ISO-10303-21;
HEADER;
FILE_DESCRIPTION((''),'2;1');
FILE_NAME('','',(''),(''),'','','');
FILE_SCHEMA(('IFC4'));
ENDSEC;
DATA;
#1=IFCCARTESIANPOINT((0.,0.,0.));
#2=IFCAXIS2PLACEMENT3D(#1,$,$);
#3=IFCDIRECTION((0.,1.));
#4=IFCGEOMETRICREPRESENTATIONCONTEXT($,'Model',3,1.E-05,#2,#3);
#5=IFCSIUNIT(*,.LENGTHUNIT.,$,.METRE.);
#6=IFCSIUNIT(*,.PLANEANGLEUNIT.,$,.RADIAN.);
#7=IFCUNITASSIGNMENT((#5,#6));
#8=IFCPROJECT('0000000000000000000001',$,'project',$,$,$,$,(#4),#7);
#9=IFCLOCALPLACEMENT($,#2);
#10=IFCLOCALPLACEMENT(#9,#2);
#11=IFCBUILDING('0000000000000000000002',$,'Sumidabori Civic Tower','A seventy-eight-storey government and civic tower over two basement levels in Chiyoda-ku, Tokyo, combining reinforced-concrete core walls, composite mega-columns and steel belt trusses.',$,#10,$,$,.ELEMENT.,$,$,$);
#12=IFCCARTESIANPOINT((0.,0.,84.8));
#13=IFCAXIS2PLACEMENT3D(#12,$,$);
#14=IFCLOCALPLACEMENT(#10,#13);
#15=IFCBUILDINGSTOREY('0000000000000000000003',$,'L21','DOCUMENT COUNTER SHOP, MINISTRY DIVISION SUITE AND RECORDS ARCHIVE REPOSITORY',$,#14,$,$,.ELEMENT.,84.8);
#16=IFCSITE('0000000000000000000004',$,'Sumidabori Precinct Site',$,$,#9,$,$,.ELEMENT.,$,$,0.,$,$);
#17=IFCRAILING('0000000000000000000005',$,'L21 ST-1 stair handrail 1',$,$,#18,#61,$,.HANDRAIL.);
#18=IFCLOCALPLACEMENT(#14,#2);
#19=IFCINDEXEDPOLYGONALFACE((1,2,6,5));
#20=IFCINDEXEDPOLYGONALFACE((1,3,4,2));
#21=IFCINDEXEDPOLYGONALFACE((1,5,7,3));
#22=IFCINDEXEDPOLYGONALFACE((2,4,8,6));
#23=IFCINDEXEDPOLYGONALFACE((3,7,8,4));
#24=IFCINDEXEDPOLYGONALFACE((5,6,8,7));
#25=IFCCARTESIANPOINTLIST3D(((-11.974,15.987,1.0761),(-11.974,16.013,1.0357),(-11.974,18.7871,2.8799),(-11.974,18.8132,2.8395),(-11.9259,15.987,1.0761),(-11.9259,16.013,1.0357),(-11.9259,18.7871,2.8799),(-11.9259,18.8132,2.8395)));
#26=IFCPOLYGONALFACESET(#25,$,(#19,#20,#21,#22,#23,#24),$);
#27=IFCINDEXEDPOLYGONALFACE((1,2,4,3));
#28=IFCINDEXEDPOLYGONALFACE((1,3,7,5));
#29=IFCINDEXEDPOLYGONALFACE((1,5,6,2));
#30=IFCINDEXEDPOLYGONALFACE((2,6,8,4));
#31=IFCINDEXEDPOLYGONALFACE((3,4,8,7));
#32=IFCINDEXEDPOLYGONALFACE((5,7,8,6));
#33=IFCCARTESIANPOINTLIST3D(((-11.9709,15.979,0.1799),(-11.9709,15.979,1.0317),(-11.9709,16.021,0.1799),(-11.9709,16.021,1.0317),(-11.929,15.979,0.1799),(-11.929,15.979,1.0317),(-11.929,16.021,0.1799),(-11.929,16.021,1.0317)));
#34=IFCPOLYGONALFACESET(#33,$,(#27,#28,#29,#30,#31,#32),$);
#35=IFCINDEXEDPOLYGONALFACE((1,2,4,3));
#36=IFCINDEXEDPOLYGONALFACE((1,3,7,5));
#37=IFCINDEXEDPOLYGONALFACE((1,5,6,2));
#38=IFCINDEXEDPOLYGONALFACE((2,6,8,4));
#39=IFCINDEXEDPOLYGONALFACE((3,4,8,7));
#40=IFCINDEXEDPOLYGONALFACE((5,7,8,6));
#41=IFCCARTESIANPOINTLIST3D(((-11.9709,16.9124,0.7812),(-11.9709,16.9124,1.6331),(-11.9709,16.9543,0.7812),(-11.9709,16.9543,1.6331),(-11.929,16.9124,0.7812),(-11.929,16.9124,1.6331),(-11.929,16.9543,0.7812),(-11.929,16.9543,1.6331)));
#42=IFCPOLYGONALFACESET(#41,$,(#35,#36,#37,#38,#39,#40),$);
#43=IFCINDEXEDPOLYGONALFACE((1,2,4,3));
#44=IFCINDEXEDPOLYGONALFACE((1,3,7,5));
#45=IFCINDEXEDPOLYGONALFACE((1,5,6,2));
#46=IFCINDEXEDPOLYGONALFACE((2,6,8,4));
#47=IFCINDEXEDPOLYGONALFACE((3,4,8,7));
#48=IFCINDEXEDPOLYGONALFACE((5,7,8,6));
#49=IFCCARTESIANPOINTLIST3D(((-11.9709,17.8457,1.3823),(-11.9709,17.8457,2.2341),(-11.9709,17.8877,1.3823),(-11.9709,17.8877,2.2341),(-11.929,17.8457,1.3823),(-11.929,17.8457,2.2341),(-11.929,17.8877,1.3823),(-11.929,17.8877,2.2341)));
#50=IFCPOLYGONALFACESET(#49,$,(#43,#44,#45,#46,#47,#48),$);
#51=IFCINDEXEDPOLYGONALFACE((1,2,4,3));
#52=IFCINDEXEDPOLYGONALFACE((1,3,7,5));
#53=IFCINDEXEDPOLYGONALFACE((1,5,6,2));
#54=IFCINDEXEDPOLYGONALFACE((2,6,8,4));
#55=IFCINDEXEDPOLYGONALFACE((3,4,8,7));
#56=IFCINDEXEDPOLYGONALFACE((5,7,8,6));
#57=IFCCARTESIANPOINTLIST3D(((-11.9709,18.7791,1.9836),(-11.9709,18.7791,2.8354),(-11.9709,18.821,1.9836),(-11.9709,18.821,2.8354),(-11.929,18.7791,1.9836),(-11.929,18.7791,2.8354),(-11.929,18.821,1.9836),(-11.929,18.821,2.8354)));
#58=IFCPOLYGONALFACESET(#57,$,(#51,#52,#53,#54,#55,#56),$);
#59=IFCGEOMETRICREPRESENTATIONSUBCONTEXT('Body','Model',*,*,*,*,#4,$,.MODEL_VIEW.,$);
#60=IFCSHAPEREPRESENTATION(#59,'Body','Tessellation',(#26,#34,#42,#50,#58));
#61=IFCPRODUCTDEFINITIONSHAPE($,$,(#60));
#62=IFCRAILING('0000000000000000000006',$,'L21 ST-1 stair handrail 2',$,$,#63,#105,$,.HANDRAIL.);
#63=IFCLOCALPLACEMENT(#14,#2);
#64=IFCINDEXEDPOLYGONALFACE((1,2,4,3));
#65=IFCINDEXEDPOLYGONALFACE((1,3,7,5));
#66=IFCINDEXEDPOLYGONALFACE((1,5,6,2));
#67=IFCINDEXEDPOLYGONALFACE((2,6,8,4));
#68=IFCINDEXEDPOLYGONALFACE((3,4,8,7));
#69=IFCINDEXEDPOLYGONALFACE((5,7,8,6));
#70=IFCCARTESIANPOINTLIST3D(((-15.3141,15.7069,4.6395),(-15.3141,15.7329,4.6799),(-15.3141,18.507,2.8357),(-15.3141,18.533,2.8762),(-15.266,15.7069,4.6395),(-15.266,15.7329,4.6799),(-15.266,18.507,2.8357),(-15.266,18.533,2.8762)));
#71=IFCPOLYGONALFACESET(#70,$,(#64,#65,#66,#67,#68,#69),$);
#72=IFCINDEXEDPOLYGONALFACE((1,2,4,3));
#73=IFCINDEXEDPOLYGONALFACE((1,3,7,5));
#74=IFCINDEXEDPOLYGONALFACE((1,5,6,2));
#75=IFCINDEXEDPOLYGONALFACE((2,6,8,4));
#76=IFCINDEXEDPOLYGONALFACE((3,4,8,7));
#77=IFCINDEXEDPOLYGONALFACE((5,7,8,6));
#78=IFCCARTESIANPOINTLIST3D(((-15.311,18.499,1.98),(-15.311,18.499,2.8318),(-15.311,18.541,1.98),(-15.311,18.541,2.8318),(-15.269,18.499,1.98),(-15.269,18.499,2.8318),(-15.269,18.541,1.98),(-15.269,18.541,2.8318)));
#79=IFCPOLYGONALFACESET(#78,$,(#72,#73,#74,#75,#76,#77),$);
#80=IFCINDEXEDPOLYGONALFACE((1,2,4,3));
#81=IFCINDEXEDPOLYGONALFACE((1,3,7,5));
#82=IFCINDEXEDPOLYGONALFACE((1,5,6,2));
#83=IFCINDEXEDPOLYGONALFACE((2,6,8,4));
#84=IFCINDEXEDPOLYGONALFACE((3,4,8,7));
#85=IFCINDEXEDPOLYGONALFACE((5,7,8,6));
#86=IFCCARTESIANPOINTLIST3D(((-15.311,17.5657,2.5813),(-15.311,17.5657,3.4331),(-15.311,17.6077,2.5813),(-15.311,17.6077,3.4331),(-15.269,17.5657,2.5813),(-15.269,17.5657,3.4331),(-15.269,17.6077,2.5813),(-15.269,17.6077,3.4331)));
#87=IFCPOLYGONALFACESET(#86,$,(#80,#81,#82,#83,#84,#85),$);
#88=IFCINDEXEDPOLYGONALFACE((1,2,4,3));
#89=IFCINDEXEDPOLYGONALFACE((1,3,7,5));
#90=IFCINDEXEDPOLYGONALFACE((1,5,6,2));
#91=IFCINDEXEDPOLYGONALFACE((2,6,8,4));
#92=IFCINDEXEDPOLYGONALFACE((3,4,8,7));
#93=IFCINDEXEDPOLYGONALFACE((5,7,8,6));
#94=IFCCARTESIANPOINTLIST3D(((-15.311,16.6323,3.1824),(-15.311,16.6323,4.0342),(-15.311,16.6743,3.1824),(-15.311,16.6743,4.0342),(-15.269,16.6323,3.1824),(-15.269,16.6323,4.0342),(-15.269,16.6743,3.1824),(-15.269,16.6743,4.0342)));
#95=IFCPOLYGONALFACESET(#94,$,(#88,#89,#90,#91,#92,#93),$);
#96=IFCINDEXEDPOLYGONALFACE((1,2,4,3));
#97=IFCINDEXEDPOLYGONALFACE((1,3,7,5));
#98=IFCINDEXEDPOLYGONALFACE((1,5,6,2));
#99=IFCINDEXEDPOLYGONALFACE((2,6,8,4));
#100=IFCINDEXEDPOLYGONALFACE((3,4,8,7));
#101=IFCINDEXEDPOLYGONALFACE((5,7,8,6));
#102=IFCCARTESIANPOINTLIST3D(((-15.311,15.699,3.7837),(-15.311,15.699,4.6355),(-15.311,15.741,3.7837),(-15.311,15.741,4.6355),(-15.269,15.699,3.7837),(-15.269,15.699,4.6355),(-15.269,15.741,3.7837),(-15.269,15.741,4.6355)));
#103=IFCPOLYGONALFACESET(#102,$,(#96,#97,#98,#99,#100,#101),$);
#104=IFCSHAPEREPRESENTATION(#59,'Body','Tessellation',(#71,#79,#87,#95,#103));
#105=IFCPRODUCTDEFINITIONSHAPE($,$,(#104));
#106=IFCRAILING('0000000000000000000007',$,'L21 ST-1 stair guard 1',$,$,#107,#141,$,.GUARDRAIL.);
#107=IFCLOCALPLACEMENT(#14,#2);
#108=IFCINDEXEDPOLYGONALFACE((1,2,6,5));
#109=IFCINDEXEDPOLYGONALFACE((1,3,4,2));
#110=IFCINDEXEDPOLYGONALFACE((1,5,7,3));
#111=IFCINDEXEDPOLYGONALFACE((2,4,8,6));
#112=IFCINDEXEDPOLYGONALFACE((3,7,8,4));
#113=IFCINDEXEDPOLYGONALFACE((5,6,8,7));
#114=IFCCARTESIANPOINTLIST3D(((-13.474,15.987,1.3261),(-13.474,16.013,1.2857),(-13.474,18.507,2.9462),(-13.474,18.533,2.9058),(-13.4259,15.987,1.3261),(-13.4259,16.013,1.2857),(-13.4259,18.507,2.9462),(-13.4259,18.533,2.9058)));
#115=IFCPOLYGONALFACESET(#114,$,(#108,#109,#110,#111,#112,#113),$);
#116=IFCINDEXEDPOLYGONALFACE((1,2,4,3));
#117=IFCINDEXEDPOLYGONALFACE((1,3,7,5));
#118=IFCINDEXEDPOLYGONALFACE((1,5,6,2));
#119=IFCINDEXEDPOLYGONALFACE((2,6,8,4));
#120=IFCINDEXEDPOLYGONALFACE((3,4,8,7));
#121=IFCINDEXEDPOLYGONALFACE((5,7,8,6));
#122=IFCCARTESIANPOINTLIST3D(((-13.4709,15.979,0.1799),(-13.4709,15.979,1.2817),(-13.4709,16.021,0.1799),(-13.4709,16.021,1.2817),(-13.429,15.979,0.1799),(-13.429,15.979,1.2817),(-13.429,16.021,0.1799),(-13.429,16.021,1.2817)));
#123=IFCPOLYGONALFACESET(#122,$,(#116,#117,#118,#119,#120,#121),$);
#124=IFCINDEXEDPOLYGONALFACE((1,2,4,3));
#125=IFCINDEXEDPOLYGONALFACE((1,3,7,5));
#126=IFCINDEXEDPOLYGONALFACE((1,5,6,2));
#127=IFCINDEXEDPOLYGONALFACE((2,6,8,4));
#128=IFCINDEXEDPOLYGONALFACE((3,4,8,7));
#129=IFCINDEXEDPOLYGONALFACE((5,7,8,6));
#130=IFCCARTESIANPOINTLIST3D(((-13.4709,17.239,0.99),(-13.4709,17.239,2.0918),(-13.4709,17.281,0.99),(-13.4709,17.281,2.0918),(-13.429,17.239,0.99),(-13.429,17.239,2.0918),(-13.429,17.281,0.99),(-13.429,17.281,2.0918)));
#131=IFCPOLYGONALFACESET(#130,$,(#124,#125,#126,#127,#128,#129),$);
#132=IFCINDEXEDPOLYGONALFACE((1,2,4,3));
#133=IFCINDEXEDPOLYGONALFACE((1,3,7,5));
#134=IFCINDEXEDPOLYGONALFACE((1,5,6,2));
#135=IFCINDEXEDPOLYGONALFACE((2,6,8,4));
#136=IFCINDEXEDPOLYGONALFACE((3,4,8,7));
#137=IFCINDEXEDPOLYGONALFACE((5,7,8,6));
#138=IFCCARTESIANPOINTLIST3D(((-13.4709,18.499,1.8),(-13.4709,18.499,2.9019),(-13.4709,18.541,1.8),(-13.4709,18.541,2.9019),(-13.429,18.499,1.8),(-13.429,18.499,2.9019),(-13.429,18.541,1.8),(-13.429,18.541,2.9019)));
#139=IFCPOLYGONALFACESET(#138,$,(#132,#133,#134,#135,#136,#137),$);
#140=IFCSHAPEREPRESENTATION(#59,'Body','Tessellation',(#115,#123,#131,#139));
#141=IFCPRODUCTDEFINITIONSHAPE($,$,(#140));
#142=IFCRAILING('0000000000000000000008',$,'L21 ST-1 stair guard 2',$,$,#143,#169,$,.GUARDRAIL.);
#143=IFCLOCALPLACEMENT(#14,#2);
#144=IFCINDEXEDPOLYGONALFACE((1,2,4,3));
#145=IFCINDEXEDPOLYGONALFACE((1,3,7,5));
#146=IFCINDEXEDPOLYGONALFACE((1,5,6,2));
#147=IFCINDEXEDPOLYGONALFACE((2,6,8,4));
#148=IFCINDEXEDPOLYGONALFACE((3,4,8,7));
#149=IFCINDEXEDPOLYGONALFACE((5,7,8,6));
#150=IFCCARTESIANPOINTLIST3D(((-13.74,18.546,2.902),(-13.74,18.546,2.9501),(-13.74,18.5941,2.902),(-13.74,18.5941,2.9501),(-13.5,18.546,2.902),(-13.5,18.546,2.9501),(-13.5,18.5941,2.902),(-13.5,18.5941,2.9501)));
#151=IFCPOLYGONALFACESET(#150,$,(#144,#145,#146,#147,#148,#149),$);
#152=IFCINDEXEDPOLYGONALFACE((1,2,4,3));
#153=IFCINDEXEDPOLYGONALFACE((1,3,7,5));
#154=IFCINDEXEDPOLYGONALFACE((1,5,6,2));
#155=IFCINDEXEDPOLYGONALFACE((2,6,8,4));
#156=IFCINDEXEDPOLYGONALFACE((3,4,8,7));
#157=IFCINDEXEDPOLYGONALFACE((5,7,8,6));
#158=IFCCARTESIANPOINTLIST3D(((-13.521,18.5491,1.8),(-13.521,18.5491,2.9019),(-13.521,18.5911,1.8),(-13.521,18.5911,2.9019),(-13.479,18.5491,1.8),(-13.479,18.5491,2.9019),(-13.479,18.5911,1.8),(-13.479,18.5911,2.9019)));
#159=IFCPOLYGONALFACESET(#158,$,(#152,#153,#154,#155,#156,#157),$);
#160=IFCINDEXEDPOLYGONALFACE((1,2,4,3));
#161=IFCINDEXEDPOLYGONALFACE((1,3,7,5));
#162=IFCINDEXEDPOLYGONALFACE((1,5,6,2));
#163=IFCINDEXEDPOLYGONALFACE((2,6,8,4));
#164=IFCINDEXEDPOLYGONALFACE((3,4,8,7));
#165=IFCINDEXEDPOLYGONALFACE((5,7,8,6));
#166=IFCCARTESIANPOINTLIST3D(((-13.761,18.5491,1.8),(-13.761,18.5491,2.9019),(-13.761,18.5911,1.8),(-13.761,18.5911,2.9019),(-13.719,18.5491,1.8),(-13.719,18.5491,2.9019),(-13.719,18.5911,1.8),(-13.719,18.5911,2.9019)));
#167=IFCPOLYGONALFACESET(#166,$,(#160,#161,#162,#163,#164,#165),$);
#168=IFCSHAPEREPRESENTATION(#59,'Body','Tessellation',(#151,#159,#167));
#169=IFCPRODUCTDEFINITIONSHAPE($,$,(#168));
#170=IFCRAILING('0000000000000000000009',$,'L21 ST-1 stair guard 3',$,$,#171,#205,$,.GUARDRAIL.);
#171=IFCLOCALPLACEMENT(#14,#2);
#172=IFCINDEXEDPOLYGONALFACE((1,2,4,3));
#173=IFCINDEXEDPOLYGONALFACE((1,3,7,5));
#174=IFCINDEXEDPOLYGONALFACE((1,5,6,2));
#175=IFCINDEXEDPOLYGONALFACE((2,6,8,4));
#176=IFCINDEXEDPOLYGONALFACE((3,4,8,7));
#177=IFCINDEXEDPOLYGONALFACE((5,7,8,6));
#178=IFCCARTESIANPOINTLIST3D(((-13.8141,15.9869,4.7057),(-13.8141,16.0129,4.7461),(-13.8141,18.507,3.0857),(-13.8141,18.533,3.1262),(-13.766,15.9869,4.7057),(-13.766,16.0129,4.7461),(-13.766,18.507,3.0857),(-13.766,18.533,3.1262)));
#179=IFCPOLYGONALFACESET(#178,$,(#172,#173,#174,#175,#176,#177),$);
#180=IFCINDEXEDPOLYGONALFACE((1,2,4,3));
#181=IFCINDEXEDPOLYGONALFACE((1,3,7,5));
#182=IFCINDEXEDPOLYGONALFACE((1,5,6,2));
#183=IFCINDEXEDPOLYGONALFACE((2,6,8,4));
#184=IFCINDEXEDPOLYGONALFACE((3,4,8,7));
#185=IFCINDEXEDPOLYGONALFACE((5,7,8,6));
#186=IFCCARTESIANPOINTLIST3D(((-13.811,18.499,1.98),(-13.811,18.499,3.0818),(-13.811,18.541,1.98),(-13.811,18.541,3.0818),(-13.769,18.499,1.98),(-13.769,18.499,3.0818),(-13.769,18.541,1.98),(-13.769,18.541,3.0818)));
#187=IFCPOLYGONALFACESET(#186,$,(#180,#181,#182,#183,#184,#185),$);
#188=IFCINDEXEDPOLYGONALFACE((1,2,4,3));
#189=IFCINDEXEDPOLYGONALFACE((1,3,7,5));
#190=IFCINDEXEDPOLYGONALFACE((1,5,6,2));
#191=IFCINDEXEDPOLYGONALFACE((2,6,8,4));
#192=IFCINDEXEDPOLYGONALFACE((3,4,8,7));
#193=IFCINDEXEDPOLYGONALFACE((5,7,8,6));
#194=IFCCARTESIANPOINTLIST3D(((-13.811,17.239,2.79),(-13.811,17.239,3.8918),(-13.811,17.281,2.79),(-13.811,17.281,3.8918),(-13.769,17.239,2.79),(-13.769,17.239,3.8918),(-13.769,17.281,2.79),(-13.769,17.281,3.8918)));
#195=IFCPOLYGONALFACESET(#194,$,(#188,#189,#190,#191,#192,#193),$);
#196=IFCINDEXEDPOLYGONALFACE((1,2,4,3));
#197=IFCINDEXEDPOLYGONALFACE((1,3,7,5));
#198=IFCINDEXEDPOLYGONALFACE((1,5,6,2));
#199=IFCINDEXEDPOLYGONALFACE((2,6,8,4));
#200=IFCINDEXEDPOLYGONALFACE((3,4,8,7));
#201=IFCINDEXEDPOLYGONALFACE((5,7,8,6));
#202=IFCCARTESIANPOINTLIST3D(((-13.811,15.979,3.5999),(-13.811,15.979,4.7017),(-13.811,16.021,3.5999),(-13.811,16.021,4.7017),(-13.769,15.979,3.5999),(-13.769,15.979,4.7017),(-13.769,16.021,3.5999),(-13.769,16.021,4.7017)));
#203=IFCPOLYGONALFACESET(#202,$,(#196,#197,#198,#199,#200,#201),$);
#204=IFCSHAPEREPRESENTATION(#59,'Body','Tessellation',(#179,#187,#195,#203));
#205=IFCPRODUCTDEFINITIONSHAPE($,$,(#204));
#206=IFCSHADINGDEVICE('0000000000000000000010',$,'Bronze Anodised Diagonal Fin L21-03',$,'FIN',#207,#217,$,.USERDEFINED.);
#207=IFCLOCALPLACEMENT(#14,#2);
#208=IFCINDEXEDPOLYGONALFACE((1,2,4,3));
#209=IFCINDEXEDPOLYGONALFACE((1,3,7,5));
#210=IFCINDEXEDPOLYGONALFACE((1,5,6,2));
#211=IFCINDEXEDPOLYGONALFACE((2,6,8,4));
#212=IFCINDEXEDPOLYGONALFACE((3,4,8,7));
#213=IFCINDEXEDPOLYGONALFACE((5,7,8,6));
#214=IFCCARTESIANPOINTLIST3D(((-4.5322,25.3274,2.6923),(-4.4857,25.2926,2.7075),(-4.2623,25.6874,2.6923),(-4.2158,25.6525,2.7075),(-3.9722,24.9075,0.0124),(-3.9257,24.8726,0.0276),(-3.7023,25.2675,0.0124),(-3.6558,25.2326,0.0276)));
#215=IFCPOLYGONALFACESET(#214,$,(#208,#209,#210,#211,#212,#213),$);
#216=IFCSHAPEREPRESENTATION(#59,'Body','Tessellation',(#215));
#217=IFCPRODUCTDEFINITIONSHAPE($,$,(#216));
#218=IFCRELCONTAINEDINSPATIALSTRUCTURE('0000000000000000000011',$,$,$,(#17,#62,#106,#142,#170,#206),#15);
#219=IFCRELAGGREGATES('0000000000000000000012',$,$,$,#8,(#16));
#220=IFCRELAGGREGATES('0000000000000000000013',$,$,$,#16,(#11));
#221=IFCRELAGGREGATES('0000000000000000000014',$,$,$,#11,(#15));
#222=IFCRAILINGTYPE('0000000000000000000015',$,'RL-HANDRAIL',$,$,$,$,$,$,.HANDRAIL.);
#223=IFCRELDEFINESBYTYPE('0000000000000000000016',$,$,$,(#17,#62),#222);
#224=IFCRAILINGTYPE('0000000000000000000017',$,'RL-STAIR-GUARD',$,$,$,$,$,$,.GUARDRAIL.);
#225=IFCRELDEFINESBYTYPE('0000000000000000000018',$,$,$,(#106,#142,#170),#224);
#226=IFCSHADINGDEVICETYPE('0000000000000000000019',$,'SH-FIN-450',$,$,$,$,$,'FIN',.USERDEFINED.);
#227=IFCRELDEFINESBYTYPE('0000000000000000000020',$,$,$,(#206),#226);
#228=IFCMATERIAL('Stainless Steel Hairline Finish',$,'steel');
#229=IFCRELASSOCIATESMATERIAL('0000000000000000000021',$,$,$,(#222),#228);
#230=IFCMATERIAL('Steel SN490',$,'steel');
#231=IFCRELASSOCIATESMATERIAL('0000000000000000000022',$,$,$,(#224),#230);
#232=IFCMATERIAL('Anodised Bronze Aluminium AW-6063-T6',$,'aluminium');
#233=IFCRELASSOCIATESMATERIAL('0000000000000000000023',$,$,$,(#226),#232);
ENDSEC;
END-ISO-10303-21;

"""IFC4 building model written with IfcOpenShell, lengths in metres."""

from ifc_helpers import new_model, si_unit, direction, frame, origin, origin_2d, place, context, subcontext, project, spatial, rectangle, extrude, source, transform, mapped, material, material_profile, profile_set, type_object, element, save


model = new_model("IFC4")

# Units and contexts
model_context = context("Model", 3, precision=1e-05, world=origin(), true_north=direction((0.0, 1.0)))
body_context = subcontext(model_context, "Body", "Model", "MODEL_VIEW")
ifc_project = project(units=[si_unit("LENGTHUNIT", "METRE"), si_unit("PLANEANGLEUNIT", "RADIAN")], contexts=[model_context])

# Site, building, storey
site_placement = place(None, origin())
site = spatial("IfcSite", under=ifc_project, at=site_placement, Name="Sumidabori Precinct Site", CompositionType="ELEMENT", RefElevation=0.0)
building_placement = place(site_placement, origin())
building = spatial("IfcBuilding", under=site, at=building_placement, Name="Sumidabori Civic Tower", Description="A seventy-eight-storey government and civic tower over two basement levels in Chiyoda-ku, Tokyo, combining reinforced-concrete core walls, composite mega-columns and steel belt trusses.", CompositionType="ELEMENT")
storey_placement = place(building_placement, frame((0.0, 0.0, 84.8)))
storey = spatial("IfcBuildingStorey", under=building, at=storey_placement, Name="L21", Description="DOCUMENT COUNTER SHOP, MINISTRY DIVISION SUITE AND RECORDS ARCHIVE REPOSITORY", CompositionType="ELEMENT", Elevation=84.8)

# Shared definitions
ifc_material_1 = material(Name="Steel SN490", Category="steel")

# Shared definitions
ifc_material_2 = material(Name="Anodised Bronze Aluminium AW-6063-T6", Category="aluminium")

# Railings
ifc_material_3 = material(Name="Stainless Steel Hairline Finish", Category="steel")
railing_type_1 = type_object("IfcRailingType", Name="RL-HANDRAIL", PredefinedType="HANDRAIL", material=ifc_material_3)
railing_1_placement = place(storey_placement, frame((-11.95, 16.0, 0.1799)))
element("IfcRailing", 1, at=railing_1_placement, inside=storey, type_object=railing_type_1, Name="L21 ST-1 stair handrail 1", PredefinedType="HANDRAIL", context=body_context, shape_type="SweptSolid", body=[
    extrude(rectangle(XDim=0.0481, YDim=0.0481, at=origin_2d()), frame((0.0, 0.0, 0.876), z_axis=(0.0, 0.840676, 0.541539), x_axis=(-1.0, 0.0, 0.0)), (0.0, 0.0, 1.0), 3.3308),
    extrude(rectangle(XDim=0.042, YDim=0.042, at=origin_2d()), origin(), (0.0, 0.0, 1.0), 0.8518),
    extrude(rectangle(XDim=0.042, YDim=0.042, at=origin_2d()), frame((0.0, 0.9333, 0.6013)), (0.0, 0.0, 1.0), 0.8518),
    extrude(rectangle(XDim=0.042, YDim=0.042, at=origin_2d()), frame((0.0, 1.8667, 1.2024)), (0.0, 0.0, 1.0), 0.8518),
    extrude(rectangle(XDim=0.042, YDim=0.042, at=origin_2d()), frame((0.0, 2.8, 1.8037)), (0.0, 0.0, 1.0), 0.8518),
])
railing_2_placement = place(storey_placement, frame((-15.29, 18.52, 1.98)))
element("IfcRailing", 2, at=railing_2_placement, inside=storey, type_object=railing_type_1, Name="L21 ST-1 stair handrail 2", PredefinedType="HANDRAIL", context=body_context, shape_type="SweptSolid", body=[
    extrude(rectangle(XDim=0.0481, YDim=0.0481, at=origin_2d()), frame((0.0, 0.0, 0.876), z_axis=(0.0, -0.840676, 0.541539), x_axis=(1.0, 0.0, 0.0)), (0.0, 0.0, 1.0), 3.3308),
    extrude(rectangle(XDim=0.042, YDim=0.042, at=origin_2d()), origin(), (0.0, 0.0, 1.0), 0.8518),
    extrude(rectangle(XDim=0.042, YDim=0.042, at=origin_2d()), frame((0.0, -0.9333, 0.6013)), (0.0, 0.0, 1.0), 0.8518),
    extrude(rectangle(XDim=0.042, YDim=0.042, at=origin_2d()), frame((0.0, -1.8667, 1.2024)), (0.0, 0.0, 1.0), 0.8518),
    extrude(rectangle(XDim=0.042, YDim=0.042, at=origin_2d()), frame((0.0, -2.8, 1.8037)), (0.0, 0.0, 1.0), 0.8518),
])
railing_type_2 = type_object("IfcRailingType", Name="RL-STAIR-GUARD", PredefinedType="GUARDRAIL", material=ifc_material_1)
railing_3_placement = place(storey_placement, frame((-13.45, 16.0, 0.1799)))
element("IfcRailing", 3, at=railing_3_placement, inside=storey, type_object=railing_type_2, Name="L21 ST-1 stair guard 1", PredefinedType="GUARDRAIL", context=body_context, shape_type="SweptSolid", body=[
    extrude(rectangle(XDim=0.0481, YDim=0.0481, at=origin_2d()), frame((0.0, 0.0, 1.126), z_axis=(0.0, 0.841163, 0.540782), x_axis=(-1.0, 0.0, 0.0)), (0.0, 0.0, 1.0), 2.9958),
    extrude(rectangle(XDim=0.042, YDim=0.042, at=origin_2d()), origin(), (0.0, 0.0, 1.0), 1.1018),
    extrude(rectangle(XDim=0.042, YDim=0.042, at=origin_2d()), frame((0.0, 1.26, 0.8101)), (0.0, 0.0, 1.0), 1.1018),
    extrude(rectangle(XDim=0.042, YDim=0.042, at=origin_2d()), frame((0.0, 2.52, 1.6201)), (0.0, 0.0, 1.0), 1.1018),
])
railing_4_placement = place(storey_placement, frame((-13.5, 18.5701, 1.8)))
element("IfcRailing", 4, at=railing_4_placement, inside=storey, type_object=railing_type_2, Name="L21 ST-1 stair guard 2", PredefinedType="GUARDRAIL", context=body_context, shape_type="SweptSolid", body=[
    extrude(rectangle(XDim=0.0481, YDim=0.0481, at=origin_2d()), frame((0.0, 0.0, 1.126), z_axis=(-1.0, 0.0, 0.0), x_axis=(0.0, -1.0, 0.0)), (0.0, 0.0, 1.0), 0.24),
    extrude(rectangle(XDim=0.042, YDim=0.042, at=origin_2d()), origin(), (0.0, 0.0, 1.0), 1.1018),
    extrude(rectangle(XDim=0.042, YDim=0.042, at=origin_2d()), frame((-0.24, 0.0, 0.0)), (0.0, 0.0, 1.0), 1.1018),
])
railing_5_placement = place(storey_placement, frame((-13.79, 18.52, 1.98)))
element("IfcRailing", 5, at=railing_5_placement, inside=storey, type_object=railing_type_2, Name="L21 ST-1 stair guard 3", PredefinedType="GUARDRAIL", context=body_context, shape_type="SweptSolid", body=[
    extrude(rectangle(XDim=0.0481, YDim=0.0481, at=origin_2d()), frame((0.0, 0.0, 1.126), z_axis=(0.0, -0.8412, 0.540725), x_axis=(1.0, 0.0, 0.0)), (0.0, 0.0, 1.0), 2.9958),
    extrude(rectangle(XDim=0.042, YDim=0.042, at=origin_2d()), origin(), (0.0, 0.0, 1.0), 1.1018),
    extrude(rectangle(XDim=0.042, YDim=0.042, at=origin_2d()), frame((0.0, -1.26, 0.8101)), (0.0, 0.0, 1.0), 1.1018),
    extrude(rectangle(XDim=0.042, YDim=0.042, at=origin_2d()), frame((0.0, -2.52, 1.6199)), (0.0, 0.0, 1.0), 1.1018),
])

# Shading device
ifc_material_profile_1 = material_profile(ifc_material_2, rectangle(XDim=0.0601, YDim=0.45, at=origin_2d()), Name="BRONZE FIN 450x60")
ifc_profile_set_1 = profile_set([ifc_material_profile_1], Name="Anodised Bronze Aluminium AW-6063-T6")
shading_device_type = type_object("IfcShadingDeviceType", Name="SH-FIN-450", ElementType="FIN", PredefinedType="USERDEFINED", material=ifc_profile_set_1)
shared_shape_1 = source(origin(), body_context, "Body", "SweptSolid", [
    extrude(rectangle(XDim=0.0601, YDim=0.45, at=origin_2d()), origin(), (0.0, 0.0, 1.0), 2.7698),
])
shading_device_placement = place(storey_placement, frame((-3.814, 25.0701, 0.02), z_axis=(-0.202199, 0.151605, 0.967539), x_axis=(0.774112, -0.580415, 0.252722)))
element("IfcShadingDevice", 6, at=shading_device_placement, inside=storey, type_object=shading_device_type, Name="Bronze Anodised Diagonal Fin L21-03", ObjectType="FIN", PredefinedType="USERDEFINED", context=body_context, shape_type="MappedRepresentation", body=[
    mapped(shared_shape_1, transform((0.0, 0.0, 0.0), x_axis=(1.0, 0.0, 0.0), y_axis=(0.0, 1.0, 0.0), z_axis=(0.0, 0.0, 1.0), scale=1.0)),
])

save(model, "model.ifc")
